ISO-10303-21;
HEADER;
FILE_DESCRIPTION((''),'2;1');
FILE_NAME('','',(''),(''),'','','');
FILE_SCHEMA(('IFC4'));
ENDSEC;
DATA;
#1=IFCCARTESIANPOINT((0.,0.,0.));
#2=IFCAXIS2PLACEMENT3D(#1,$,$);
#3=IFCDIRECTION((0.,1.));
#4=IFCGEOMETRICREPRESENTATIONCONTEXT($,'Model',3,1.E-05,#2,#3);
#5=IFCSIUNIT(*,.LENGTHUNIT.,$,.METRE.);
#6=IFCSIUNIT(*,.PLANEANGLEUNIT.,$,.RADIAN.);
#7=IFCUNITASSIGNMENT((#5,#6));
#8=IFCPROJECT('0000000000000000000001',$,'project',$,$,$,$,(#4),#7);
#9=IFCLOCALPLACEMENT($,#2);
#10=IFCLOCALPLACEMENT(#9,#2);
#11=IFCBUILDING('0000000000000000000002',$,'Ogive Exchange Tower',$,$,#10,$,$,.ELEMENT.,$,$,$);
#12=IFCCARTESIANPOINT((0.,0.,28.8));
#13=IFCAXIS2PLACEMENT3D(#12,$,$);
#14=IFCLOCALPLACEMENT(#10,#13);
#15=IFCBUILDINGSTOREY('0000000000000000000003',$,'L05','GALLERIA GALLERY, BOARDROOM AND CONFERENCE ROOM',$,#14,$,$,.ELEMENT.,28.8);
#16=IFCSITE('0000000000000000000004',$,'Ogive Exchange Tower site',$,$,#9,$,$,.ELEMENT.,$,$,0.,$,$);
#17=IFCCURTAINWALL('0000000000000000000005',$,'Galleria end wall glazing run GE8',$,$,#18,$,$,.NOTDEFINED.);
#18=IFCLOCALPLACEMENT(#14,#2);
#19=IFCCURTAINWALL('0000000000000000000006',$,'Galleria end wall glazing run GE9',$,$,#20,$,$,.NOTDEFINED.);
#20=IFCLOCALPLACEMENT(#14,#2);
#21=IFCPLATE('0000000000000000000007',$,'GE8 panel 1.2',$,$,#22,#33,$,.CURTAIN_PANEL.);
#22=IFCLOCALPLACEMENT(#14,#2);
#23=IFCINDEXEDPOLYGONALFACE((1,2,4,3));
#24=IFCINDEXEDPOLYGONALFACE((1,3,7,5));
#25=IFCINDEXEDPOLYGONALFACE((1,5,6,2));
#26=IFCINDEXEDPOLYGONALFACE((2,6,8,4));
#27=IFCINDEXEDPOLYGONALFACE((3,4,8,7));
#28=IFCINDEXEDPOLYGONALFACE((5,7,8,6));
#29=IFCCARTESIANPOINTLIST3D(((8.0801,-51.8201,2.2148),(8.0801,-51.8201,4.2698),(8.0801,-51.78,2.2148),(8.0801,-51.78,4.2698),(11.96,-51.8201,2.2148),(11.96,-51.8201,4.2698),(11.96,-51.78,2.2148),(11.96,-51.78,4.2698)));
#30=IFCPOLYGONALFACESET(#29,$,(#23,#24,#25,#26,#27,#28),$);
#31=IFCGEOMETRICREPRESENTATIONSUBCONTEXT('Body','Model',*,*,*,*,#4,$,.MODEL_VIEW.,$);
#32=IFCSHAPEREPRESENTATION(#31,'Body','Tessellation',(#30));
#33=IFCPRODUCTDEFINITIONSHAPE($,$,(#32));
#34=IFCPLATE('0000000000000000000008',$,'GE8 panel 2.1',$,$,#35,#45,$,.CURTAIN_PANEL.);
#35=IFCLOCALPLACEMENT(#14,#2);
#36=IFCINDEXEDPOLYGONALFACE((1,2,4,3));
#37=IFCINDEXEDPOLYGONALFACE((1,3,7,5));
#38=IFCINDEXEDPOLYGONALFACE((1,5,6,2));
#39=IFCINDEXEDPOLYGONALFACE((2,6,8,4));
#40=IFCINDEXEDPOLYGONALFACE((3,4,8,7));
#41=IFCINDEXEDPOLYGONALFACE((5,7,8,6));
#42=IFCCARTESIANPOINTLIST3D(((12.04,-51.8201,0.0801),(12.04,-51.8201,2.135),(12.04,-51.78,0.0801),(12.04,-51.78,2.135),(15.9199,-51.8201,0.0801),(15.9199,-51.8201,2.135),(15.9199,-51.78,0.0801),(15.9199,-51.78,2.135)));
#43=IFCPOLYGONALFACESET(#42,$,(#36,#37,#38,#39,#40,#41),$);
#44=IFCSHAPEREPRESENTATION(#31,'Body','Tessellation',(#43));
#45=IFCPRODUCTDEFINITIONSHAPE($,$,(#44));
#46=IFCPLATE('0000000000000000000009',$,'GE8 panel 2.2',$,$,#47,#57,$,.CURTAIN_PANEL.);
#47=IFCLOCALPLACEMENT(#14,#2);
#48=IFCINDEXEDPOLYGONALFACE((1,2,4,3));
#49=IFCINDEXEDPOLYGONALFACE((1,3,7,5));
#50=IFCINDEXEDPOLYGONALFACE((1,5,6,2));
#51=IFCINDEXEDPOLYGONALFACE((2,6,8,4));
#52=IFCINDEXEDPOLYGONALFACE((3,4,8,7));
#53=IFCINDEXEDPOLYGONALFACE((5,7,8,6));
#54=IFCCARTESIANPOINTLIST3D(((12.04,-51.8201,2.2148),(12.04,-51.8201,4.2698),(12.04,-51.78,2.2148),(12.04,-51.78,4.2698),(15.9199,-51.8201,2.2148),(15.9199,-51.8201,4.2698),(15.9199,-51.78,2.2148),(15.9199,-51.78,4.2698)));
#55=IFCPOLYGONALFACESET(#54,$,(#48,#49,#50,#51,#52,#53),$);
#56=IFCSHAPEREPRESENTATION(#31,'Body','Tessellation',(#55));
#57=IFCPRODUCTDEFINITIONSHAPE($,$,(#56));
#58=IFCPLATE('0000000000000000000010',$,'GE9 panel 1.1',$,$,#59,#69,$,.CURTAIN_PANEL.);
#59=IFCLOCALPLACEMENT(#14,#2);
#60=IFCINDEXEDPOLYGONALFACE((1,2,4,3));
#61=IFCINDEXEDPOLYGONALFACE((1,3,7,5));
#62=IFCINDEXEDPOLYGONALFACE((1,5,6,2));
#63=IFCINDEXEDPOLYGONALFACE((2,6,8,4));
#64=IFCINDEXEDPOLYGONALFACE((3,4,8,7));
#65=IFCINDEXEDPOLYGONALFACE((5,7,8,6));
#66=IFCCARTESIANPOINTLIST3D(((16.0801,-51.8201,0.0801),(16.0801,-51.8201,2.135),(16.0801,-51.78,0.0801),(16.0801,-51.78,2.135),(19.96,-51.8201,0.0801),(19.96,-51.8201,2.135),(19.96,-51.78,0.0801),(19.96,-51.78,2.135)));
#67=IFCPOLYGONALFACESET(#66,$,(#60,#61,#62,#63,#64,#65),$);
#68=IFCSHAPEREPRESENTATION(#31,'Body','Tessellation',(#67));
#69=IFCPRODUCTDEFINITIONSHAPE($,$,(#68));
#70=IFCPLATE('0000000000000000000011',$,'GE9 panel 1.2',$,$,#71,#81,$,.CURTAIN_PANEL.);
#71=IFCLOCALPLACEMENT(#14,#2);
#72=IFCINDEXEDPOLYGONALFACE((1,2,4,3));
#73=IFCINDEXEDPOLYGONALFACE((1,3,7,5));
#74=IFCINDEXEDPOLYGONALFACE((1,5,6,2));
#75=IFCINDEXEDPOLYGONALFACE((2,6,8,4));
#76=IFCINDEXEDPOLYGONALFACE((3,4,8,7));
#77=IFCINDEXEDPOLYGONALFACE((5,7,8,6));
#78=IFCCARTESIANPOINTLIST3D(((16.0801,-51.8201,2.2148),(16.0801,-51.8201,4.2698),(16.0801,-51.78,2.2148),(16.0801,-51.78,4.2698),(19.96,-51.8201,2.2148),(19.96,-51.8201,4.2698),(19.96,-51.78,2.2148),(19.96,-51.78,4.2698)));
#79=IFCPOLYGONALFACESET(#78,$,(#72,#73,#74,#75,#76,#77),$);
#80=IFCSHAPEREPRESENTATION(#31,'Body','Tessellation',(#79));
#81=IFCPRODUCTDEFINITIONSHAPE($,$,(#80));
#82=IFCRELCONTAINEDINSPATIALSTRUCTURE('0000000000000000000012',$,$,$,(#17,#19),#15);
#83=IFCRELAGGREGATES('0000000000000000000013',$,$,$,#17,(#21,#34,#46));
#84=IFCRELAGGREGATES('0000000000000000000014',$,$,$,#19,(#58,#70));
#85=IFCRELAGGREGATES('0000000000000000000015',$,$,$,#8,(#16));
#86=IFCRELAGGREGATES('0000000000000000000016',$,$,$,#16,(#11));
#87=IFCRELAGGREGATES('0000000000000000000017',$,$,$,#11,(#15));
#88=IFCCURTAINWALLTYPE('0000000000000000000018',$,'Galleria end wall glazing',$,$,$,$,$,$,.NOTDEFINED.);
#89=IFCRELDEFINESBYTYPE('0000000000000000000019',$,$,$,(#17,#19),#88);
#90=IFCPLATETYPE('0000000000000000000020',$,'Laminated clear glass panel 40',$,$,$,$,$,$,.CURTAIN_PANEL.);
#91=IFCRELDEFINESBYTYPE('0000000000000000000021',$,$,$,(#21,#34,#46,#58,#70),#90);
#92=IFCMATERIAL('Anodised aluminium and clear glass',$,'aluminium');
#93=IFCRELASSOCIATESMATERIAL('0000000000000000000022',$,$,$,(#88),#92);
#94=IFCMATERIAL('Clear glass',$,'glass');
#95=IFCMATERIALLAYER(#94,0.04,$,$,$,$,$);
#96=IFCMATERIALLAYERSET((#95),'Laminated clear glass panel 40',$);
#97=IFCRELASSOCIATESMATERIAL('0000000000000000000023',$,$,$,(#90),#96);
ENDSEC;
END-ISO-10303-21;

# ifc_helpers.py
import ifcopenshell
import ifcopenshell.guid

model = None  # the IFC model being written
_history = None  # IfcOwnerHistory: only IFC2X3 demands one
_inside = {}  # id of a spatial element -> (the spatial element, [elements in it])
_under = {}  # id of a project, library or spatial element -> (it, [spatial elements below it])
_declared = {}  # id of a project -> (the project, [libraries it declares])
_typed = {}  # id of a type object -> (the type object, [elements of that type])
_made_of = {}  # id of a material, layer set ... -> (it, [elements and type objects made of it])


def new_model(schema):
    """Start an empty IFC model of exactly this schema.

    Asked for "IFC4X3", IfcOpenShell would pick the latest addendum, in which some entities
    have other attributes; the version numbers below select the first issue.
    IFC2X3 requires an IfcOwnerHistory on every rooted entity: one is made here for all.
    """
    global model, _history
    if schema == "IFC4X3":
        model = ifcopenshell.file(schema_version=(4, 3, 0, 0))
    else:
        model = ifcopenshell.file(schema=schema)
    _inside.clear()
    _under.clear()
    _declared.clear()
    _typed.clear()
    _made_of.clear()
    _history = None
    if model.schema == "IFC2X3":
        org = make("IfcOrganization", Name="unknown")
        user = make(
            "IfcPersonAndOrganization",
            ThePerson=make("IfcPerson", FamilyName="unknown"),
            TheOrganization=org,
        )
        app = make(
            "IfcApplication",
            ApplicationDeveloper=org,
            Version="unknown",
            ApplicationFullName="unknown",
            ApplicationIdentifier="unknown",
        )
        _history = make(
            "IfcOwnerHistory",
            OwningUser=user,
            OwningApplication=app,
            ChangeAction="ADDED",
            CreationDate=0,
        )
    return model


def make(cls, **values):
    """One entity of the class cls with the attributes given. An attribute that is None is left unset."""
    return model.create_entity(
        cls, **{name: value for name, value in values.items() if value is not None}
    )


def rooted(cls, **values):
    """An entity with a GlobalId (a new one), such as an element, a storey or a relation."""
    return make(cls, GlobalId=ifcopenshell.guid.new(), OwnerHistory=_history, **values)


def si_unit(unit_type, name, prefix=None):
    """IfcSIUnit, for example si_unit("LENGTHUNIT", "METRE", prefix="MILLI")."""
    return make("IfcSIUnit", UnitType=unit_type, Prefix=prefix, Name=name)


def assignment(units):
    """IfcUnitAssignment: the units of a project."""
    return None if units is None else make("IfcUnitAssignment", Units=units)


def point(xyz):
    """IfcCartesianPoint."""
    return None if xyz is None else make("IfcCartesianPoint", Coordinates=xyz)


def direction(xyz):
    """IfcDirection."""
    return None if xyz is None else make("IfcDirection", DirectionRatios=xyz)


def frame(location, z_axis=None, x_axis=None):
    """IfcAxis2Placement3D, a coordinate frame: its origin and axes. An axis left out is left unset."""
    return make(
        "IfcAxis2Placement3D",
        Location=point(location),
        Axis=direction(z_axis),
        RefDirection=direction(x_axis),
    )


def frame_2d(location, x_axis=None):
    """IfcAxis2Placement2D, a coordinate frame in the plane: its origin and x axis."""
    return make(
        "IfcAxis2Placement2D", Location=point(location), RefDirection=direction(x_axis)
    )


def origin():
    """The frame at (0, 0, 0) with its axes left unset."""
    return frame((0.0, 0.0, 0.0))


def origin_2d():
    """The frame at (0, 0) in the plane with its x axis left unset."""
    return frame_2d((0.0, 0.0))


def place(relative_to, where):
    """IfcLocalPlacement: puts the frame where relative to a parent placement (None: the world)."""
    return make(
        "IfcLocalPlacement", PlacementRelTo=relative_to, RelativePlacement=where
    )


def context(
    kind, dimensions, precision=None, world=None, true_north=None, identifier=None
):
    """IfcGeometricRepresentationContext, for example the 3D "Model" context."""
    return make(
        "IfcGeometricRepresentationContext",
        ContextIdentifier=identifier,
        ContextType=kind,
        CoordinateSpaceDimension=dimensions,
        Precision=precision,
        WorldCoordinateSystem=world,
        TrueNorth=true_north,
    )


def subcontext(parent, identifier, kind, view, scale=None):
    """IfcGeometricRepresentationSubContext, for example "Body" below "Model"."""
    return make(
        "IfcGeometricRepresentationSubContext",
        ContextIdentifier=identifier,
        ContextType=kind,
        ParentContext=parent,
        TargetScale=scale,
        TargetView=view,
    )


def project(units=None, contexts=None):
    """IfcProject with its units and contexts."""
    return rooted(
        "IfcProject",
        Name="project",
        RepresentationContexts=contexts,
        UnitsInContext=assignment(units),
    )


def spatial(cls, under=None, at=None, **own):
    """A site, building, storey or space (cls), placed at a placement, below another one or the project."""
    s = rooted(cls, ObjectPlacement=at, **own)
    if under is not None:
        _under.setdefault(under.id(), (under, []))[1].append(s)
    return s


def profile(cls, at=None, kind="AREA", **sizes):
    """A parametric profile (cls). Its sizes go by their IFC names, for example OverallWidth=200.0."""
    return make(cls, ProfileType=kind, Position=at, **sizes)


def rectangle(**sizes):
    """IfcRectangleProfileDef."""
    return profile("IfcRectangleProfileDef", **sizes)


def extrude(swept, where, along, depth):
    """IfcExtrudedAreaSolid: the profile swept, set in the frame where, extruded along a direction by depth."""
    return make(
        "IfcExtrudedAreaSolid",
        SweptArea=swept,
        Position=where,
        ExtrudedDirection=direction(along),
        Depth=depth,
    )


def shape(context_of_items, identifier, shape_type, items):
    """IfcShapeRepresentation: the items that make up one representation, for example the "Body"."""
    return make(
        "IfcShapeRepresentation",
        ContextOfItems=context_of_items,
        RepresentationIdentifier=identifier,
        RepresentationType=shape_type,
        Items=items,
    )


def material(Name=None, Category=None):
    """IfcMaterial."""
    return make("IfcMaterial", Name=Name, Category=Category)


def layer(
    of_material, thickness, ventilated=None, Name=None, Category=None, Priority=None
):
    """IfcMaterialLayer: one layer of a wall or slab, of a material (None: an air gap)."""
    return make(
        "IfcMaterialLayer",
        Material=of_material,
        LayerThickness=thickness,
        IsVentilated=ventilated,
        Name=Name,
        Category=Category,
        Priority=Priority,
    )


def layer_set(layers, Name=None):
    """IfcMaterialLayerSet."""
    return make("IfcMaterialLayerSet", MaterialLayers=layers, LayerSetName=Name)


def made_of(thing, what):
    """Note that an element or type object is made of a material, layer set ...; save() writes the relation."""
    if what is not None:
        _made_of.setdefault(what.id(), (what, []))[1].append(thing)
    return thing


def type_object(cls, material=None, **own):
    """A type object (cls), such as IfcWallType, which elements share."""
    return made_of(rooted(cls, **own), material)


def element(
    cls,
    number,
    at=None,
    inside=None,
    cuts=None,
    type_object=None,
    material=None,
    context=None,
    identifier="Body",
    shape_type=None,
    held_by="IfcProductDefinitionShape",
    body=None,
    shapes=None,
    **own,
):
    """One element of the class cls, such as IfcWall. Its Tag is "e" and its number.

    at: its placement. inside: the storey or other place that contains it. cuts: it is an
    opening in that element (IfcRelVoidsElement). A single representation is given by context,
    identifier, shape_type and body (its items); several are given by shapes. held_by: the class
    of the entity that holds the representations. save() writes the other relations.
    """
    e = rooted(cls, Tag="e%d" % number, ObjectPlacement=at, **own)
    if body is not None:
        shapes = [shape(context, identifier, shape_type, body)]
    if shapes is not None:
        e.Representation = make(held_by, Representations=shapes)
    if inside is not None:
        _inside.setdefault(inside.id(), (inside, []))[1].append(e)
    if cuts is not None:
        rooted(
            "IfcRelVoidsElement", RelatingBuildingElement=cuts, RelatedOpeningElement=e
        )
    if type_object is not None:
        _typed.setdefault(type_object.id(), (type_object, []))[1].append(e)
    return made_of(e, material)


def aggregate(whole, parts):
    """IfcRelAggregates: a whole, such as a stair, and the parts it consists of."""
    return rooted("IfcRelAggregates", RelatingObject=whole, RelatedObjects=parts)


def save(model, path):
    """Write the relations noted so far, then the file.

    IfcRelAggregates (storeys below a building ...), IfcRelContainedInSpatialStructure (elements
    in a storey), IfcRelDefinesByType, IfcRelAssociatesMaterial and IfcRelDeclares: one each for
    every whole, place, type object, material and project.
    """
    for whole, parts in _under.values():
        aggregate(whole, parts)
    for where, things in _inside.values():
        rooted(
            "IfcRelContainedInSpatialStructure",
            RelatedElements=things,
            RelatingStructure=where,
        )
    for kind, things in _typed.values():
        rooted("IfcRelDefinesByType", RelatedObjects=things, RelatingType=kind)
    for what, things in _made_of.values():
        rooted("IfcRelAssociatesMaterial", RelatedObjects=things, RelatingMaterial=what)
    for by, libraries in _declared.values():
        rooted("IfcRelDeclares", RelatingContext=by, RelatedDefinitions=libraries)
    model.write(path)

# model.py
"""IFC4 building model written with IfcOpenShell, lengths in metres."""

from ifc_helpers import new_model, si_unit, direction, frame, origin, origin_2d, place, context, subcontext, project, spatial, rectangle, extrude, material, layer, layer_set, type_object, element, aggregate, save


model = new_model("IFC4")

# Units and contexts
model_context = context("Model", 3, precision=1e-05, world=origin(), true_north=direction((0.0, 1.0)))
body_context = subcontext(model_context, "Body", "Model", "MODEL_VIEW")
ifc_project = project(units=[si_unit("LENGTHUNIT", "METRE"), si_unit("PLANEANGLEUNIT", "RADIAN")], contexts=[model_context])

# Site, building, storey
site_placement = place(None, origin())
site = spatial("IfcSite", under=ifc_project, at=site_placement, Name="Ogive Exchange Tower site", CompositionType="ELEMENT", RefElevation=0.0)
building_placement = place(site_placement, origin())
building = spatial("IfcBuilding", under=site, at=building_placement, Name="Ogive Exchange Tower", CompositionType="ELEMENT")
storey_placement = place(building_placement, frame((0.0, 0.0, 28.8)))
storey = spatial("IfcBuildingStorey", under=building, at=storey_placement, Name="L05", Description="GALLERIA GALLERY, BOARDROOM AND CONFERENCE ROOM", CompositionType="ELEMENT", Elevation=28.8)

# Curtain walls
ifc_material_1 = material(Name="Anodised aluminium and clear glass", Category="aluminium")
curtain_wall_type = type_object("IfcCurtainWallType", Name="Galleria end wall glazing", PredefinedType="NOTDEFINED", material=ifc_material_1)
curtain_wall_1_placement = place(storey_placement, origin())
curtain_wall_1 = element("IfcCurtainWall", 1, at=curtain_wall_1_placement, inside=storey, type_object=curtain_wall_type, Name="Galleria end wall glazing run GE8", PredefinedType="NOTDEFINED")
curtain_wall_2_placement = place(storey_placement, origin())
curtain_wall_2 = element("IfcCurtainWall", 2, at=curtain_wall_2_placement, inside=storey, type_object=curtain_wall_type, Name="Galleria end wall glazing run GE9", PredefinedType="NOTDEFINED")

# Plates
ifc_material_2 = material(Name="Clear glass", Category="glass")
ifc_layer = layer(ifc_material_2, 0.04)
ifc_layer_set = layer_set([ifc_layer], Name="Laminated clear glass panel 40")
plate_type = type_object("IfcPlateType", Name="Laminated clear glass panel 40", PredefinedType="CURTAIN_PANEL", material=ifc_layer_set)
plate_1_placement = place(storey_placement, frame((10.02, -51.8, 2.2148), z_axis=(0.0, 0.0, 1.0), x_axis=(1.0, 0.0, 0.0)))
plate_1 = element("IfcPlate", 3, at=plate_1_placement, type_object=plate_type, Name="GE8 panel 1.2", PredefinedType="CURTAIN_PANEL", context=body_context, shape_type="SweptSolid", body=[
    extrude(rectangle(XDim=3.8799, YDim=0.04, at=origin_2d()), origin(), (0.0, 0.0, 1.0), 2.0549),
])
plate_2_placement = place(storey_placement, frame((13.98, -51.8, 0.0801), z_axis=(0.0, 0.0, 1.0), x_axis=(1.0, 0.0, 0.0)))
plate_2 = element("IfcPlate", 4, at=plate_2_placement, type_object=plate_type, Name="GE8 panel 2.1", PredefinedType="CURTAIN_PANEL", context=body_context, shape_type="SweptSolid", body=[
    extrude(rectangle(XDim=3.8799, YDim=0.04, at=origin_2d()), origin(), (0.0, 0.0, 1.0), 2.0549),
])
plate_3_placement = place(storey_placement, frame((13.98, -51.8, 2.2148), z_axis=(0.0, 0.0, 1.0), x_axis=(1.0, 0.0, 0.0)))
plate_3 = element("IfcPlate", 5, at=plate_3_placement, type_object=plate_type, Name="GE8 panel 2.2", PredefinedType="CURTAIN_PANEL", context=body_context, shape_type="SweptSolid", body=[
    extrude(rectangle(XDim=3.8799, YDim=0.04, at=origin_2d()), origin(), (0.0, 0.0, 1.0), 2.0549),
])
aggregate(curtain_wall_1, [plate_1, plate_2, plate_3])
plate_4_placement = place(storey_placement, frame((18.02, -51.8, 0.0801), z_axis=(0.0, 0.0, 1.0), x_axis=(1.0, 0.0, 0.0)))
plate_4 = element("IfcPlate", 6, at=plate_4_placement, type_object=plate_type, Name="GE9 panel 1.1", PredefinedType="CURTAIN_PANEL", context=body_context, shape_type="SweptSolid", body=[
    extrude(rectangle(XDim=3.8799, YDim=0.04, at=origin_2d()), origin(), (0.0, 0.0, 1.0), 2.0549),
])
plate_5_placement = place(storey_placement, frame((18.02, -51.8, 2.2148), z_axis=(0.0, 0.0, 1.0), x_axis=(1.0, 0.0, 0.0)))
plate_5 = element("IfcPlate", 7, at=plate_5_placement, type_object=plate_type, Name="GE9 panel 1.2", PredefinedType="CURTAIN_PANEL", context=body_context, shape_type="SweptSolid", body=[
    extrude(rectangle(XDim=3.8799, YDim=0.04, at=origin_2d()), origin(), (0.0, 0.0, 1.0), 2.0549),
])
aggregate(curtain_wall_2, [plate_4, plate_5])

save(model, "model.ifc")
